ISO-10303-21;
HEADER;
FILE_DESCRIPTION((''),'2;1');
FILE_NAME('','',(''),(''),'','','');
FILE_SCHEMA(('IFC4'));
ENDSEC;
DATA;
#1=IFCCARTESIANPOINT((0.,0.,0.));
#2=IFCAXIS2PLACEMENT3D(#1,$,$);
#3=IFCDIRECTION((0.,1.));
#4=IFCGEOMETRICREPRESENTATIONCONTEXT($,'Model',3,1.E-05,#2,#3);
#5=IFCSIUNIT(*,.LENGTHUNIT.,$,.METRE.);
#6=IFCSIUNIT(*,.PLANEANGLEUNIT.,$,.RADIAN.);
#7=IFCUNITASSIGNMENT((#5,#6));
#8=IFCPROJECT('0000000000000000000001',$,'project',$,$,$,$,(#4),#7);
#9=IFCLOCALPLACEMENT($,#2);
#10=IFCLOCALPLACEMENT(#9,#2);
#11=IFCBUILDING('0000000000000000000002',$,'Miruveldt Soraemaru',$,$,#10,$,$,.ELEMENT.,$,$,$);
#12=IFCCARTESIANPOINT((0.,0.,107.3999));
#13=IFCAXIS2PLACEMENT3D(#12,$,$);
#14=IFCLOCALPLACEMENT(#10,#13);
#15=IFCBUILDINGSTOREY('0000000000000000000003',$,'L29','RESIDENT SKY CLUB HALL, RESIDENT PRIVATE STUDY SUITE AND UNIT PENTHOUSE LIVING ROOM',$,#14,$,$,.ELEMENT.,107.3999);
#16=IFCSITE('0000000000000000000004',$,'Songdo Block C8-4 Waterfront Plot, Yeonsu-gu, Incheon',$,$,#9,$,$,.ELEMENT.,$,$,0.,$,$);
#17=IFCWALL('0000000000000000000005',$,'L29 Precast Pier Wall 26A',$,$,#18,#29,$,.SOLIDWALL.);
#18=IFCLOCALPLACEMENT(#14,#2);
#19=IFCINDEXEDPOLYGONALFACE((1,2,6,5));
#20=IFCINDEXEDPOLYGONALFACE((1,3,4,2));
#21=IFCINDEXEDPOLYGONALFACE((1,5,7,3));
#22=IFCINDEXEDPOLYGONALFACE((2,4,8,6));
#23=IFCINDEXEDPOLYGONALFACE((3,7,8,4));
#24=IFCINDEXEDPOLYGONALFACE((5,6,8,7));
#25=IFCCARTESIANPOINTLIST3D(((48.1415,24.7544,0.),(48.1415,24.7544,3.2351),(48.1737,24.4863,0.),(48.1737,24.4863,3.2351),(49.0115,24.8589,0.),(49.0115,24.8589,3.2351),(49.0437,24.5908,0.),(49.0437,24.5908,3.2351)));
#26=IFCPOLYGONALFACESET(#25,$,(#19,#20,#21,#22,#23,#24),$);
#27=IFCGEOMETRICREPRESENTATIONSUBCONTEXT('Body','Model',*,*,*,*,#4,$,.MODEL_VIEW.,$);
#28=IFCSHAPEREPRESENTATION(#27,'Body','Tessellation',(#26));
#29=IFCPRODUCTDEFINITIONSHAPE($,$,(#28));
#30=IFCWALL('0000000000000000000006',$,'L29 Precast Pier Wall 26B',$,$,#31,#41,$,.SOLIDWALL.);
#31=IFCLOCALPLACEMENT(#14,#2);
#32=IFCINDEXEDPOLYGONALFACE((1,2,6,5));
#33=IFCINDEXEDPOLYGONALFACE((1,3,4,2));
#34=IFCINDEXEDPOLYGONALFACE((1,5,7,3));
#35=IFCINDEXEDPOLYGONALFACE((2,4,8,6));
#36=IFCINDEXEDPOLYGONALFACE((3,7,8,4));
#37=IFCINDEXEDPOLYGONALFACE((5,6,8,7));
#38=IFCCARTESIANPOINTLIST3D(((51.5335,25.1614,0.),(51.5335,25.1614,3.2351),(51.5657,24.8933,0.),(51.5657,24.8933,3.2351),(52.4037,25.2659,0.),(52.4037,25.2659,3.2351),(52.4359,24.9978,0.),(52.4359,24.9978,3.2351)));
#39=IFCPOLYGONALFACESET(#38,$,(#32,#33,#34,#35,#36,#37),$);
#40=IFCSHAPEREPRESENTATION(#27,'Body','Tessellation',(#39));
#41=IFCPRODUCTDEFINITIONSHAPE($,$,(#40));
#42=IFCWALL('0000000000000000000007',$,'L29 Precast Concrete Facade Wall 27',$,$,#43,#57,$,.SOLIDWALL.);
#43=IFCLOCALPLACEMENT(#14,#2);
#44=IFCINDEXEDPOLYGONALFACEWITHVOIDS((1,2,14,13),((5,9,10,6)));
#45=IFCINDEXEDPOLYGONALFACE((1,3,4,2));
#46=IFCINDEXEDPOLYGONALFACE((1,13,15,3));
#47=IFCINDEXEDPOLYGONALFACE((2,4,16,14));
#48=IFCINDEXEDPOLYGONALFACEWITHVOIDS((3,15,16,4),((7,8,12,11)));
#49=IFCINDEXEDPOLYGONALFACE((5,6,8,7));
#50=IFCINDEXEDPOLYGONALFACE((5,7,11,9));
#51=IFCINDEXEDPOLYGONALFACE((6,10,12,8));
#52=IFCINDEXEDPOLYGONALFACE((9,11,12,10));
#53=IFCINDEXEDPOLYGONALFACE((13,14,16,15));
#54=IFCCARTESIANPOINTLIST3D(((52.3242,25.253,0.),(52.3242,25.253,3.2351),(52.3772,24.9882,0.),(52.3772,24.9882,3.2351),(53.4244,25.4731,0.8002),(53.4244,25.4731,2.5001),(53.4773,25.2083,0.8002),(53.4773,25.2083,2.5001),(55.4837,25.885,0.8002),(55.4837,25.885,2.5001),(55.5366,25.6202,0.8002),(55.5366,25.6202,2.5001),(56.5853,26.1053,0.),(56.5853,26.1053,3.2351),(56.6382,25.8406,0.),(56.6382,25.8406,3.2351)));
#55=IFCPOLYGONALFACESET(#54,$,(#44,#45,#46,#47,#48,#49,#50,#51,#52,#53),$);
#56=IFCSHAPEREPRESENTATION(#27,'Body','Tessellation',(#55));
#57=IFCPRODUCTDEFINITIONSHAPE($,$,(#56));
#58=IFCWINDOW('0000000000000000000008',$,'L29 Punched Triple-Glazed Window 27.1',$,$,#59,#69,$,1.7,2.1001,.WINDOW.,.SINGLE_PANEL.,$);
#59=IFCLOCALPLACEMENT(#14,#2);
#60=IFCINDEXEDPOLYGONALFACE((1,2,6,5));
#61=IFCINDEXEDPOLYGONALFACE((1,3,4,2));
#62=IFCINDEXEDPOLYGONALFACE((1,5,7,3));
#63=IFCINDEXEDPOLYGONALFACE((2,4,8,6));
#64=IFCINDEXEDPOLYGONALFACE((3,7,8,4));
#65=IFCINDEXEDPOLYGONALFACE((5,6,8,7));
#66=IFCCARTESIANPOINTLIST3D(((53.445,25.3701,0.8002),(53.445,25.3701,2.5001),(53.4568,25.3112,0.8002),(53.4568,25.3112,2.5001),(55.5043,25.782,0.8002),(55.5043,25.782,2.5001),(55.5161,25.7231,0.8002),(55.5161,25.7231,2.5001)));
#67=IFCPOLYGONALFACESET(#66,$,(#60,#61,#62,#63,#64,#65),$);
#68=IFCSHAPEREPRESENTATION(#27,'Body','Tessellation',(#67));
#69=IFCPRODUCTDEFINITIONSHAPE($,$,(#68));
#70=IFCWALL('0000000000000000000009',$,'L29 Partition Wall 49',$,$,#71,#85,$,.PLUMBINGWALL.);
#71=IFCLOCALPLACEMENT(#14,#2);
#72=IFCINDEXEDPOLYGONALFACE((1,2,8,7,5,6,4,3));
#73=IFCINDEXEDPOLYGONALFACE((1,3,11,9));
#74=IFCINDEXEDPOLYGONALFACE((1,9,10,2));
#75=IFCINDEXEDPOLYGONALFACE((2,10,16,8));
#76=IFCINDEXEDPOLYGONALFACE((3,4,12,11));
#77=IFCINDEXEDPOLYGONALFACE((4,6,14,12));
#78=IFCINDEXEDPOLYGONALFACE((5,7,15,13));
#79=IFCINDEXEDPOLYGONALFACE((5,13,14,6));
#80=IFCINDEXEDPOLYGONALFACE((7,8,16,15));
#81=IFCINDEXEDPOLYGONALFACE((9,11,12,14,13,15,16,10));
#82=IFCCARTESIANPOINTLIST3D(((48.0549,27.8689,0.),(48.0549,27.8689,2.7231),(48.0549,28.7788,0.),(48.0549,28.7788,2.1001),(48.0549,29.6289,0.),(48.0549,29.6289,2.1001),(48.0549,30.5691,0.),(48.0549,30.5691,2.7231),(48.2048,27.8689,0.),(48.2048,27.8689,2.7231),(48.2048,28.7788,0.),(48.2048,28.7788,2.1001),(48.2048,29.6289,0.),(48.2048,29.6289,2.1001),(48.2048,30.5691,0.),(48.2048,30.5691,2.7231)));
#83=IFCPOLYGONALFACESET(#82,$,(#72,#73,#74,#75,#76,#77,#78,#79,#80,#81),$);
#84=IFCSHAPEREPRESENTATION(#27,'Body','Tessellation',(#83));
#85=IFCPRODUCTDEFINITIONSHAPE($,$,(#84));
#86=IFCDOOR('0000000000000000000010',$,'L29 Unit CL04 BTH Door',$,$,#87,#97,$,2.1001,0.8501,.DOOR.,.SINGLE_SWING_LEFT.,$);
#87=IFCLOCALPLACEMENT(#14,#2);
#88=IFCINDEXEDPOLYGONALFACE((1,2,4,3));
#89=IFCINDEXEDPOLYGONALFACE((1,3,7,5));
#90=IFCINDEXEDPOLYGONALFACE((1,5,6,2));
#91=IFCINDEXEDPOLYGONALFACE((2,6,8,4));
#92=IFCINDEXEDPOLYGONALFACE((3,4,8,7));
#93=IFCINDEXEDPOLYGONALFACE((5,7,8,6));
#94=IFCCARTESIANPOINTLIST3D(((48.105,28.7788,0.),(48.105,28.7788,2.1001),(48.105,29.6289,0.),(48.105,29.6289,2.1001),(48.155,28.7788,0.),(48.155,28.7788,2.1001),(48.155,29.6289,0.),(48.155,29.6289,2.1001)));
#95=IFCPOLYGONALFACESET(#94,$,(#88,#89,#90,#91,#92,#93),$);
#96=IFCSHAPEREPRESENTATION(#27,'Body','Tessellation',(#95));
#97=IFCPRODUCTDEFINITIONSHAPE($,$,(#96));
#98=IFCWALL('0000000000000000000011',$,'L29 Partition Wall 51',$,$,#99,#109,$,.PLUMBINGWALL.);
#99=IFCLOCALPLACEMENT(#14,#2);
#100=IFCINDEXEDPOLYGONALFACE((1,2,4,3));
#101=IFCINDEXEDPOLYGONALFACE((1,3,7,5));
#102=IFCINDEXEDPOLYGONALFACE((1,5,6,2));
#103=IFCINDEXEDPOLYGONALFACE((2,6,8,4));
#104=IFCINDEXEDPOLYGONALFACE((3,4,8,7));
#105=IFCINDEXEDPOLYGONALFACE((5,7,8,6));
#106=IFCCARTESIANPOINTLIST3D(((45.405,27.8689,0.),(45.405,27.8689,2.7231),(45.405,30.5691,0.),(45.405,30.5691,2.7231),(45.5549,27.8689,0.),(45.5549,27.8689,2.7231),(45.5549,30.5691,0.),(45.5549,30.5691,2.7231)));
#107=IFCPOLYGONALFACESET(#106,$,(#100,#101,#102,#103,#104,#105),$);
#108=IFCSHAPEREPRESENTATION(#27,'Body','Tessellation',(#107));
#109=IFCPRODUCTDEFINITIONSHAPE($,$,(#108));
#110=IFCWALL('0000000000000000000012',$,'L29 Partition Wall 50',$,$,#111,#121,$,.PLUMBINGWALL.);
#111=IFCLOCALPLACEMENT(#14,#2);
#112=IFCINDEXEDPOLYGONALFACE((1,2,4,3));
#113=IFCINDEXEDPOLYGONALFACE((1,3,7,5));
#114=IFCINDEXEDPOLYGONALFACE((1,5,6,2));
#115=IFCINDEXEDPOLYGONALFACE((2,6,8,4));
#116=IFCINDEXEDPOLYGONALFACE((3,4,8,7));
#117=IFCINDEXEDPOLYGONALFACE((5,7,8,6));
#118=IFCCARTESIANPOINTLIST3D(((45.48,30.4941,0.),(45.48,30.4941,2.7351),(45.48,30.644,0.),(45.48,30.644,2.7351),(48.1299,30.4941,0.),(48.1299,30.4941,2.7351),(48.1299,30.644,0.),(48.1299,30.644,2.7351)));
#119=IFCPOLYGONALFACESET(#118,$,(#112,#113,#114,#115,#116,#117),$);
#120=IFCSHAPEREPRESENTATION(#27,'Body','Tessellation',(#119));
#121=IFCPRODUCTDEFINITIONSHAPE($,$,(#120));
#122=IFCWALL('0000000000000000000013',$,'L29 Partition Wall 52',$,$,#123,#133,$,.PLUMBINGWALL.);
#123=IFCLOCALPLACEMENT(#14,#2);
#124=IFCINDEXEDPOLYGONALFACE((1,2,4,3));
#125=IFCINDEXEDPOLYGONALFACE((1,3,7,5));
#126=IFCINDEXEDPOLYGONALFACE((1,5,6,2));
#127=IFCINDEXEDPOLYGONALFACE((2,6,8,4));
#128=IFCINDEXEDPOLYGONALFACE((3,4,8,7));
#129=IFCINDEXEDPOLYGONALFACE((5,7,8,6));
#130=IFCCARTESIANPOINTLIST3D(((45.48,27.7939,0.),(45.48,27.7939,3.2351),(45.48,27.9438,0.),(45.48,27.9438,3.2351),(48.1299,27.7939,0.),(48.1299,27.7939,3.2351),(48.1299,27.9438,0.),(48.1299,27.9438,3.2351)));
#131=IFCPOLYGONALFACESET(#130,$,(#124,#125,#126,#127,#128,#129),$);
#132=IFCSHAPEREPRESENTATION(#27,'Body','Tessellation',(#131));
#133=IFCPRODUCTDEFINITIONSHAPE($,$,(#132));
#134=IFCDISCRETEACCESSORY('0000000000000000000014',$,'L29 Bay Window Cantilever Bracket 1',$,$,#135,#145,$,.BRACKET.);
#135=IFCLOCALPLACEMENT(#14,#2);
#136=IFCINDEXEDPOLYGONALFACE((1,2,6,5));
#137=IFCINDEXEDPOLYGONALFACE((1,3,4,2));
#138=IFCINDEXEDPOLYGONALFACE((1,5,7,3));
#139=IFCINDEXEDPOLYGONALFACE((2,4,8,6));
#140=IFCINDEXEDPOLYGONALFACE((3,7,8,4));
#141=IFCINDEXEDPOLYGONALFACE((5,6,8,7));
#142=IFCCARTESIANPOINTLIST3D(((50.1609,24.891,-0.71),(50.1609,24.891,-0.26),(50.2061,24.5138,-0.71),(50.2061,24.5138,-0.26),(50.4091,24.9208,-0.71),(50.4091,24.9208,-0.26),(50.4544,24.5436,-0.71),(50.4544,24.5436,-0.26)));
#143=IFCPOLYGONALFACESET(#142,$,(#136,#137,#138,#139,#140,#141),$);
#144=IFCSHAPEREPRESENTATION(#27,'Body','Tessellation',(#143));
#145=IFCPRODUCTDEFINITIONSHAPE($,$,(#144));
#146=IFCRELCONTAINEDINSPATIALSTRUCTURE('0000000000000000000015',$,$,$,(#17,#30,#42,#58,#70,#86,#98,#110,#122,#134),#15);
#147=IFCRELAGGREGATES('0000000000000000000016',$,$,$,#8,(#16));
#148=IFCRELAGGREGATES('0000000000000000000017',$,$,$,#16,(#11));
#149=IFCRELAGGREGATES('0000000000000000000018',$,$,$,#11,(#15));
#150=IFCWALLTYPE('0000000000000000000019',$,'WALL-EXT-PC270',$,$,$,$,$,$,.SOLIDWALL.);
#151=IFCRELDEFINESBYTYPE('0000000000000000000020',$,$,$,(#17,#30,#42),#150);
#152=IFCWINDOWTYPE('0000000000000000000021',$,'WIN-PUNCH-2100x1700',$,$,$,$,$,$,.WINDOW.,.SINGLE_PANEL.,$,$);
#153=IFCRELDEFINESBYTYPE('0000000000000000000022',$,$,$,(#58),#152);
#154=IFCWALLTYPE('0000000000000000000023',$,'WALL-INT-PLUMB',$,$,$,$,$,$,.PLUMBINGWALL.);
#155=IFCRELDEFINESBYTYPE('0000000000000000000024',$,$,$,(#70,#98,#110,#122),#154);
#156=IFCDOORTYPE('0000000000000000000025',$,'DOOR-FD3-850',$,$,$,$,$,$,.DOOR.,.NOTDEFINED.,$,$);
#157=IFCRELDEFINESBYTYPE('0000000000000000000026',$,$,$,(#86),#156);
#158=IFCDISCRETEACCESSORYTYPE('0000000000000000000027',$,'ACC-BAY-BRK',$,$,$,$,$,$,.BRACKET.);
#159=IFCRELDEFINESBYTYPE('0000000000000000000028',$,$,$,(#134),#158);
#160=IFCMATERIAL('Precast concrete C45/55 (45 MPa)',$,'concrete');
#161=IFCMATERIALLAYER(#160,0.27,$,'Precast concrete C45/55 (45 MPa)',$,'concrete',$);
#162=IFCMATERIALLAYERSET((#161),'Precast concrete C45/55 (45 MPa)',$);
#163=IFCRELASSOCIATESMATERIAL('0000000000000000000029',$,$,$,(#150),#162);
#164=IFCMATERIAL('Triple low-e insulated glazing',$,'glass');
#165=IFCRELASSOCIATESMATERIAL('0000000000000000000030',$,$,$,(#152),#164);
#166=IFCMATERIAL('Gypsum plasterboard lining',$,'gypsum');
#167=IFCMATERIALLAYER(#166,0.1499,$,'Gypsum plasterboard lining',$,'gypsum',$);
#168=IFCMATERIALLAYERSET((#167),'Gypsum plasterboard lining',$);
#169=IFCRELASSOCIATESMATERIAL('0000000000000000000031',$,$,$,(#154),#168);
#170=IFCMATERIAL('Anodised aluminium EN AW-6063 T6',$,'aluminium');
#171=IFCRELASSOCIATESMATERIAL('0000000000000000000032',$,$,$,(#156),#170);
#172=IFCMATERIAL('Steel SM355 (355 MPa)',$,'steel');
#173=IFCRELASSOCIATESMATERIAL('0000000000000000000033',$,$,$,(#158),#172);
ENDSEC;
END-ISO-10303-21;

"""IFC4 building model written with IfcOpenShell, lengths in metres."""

from ifc_helpers import new_model, si_unit, direction, frame, frame_2d, origin, origin_2d, place, context, subcontext, project, spatial, rectangle, extrude, material, layer, layer_set, type_object, element, fill, save


model = new_model("IFC4")

# Units and contexts
model_context = context("Model", 3, precision=1e-05, world=origin(), true_north=direction((0.0, 1.0)))
body_context = subcontext(model_context, "Body", "Model", "MODEL_VIEW")
ifc_project = project(units=[si_unit("LENGTHUNIT", "METRE"), si_unit("PLANEANGLEUNIT", "RADIAN")], contexts=[model_context])

# Site, building, storey
site_placement = place(None, origin())
site = spatial("IfcSite", under=ifc_project, at=site_placement, Name="Songdo Block C8-4 Waterfront Plot, Yeonsu-gu, Incheon", CompositionType="ELEMENT", RefElevation=0.0)
building_placement = place(site_placement, origin())
building = spatial("IfcBuilding", under=site, at=building_placement, Name="Miruveldt Soraemaru", CompositionType="ELEMENT")
storey_placement = place(building_placement, frame((0.0, 0.0, 107.3999)))
storey = spatial("IfcBuildingStorey", under=building, at=storey_placement, Name="L29", Description="RESIDENT SKY CLUB HALL, RESIDENT PRIVATE STUDY SUITE AND UNIT PENTHOUSE LIVING ROOM", CompositionType="ELEMENT", Elevation=107.3999)

# Shared definitions
ifc_material_1 = material(Name="Steel SM355 (355 MPa)", Category="steel")

# Shared definitions
ifc_material_2 = material(Name="Triple low-e insulated glazing", Category="glass")

# Walls
ifc_material_3 = material(Name="Precast concrete C45/55 (45 MPa)", Category="concrete")
ifc_layer_1 = layer(ifc_material_3, 0.27, Name="Precast concrete C45/55 (45 MPa)", Category="concrete")
ifc_layer_set_1 = layer_set([ifc_layer_1], Name="Precast concrete C45/55 (45 MPa)")
wall_type_1 = type_object("IfcWallType", Name="WALL-EXT-PC270", PredefinedType="SOLIDWALL", material=ifc_layer_set_1)
wall_1_placement = place(storey_placement, frame((48.1577, 24.6204, 0.0), z_axis=(0.0, 0.0, 1.0), x_axis=(0.992862, 0.119266, 0.0)))
element("IfcWall", 1, at=wall_1_placement, inside=storey, type_object=wall_type_1, Name="L29 Precast Pier Wall 26A", PredefinedType="SOLIDWALL", context=body_context, shape_type="SweptSolid", body=[
    extrude(rectangle(XDim=0.8762, YDim=0.27, at=frame_2d((0.438, 0.0))), origin(), (0.0, 0.0, 1.0), 3.2351),
])
wall_2_placement = place(storey_placement, frame((51.5496, 25.0273, 0.0), z_axis=(0.0, 0.0, 1.0), x_axis=(0.992866, 0.119233, 0.0)))
element("IfcWall", 2, at=wall_2_placement, inside=storey, type_object=wall_type_1, Name="L29 Precast Pier Wall 26B", PredefinedType="SOLIDWALL", context=body_context, shape_type="SweptSolid", body=[
    extrude(rectangle(XDim=0.8765, YDim=0.27, at=frame_2d((0.4382, 0.0))), origin(), (0.0, 0.0, 1.0), 3.2351),
])

# Wall, opening, window
wall_3_placement = place(storey_placement, frame((52.3506, 25.1206, 0.0), z_axis=(0.0, 0.0, 1.0), x_axis=(0.980576, 0.196138, 0.0)))
wall_3 = element("IfcWall", 3, at=wall_3_placement, inside=storey, type_object=wall_type_1, Name="L29 Precast Concrete Facade Wall 27", PredefinedType="SOLIDWALL", context=body_context, shape_type="SweptSolid", body=[
    extrude(rectangle(XDim=4.3455, YDim=0.27, at=frame_2d((2.1729, 0.0))), origin(), (0.0, 0.0, 1.0), 3.2351),
])
opening_1_placement = place(wall_3_placement, frame((1.1221, 0.0, 0.8)))
opening_1 = element("IfcOpeningElement", 4, at=opening_1_placement, cuts=wall_3, PredefinedType="OPENING", context=body_context, shape_type="SweptSolid", body=[
    extrude(rectangle(XDim=2.1001, YDim=1.7, at=frame_2d((1.05, 0.8501))), frame((0.0, 0.145, 0.0), z_axis=(0.0, -1.0, 0.0), x_axis=(1.0, 0.0, 0.0)), (0.0, 0.0, 1.0), 0.29),
])
window_type_1 = type_object("IfcWindowType", Name="WIN-PUNCH-2100x1700", PartitioningType="SINGLE_PANEL", PredefinedType="WINDOW", material=ifc_material_2)
window_1_placement = place(opening_1_placement, origin())
window_1 = element("IfcWindow", 5, at=window_1_placement, inside=storey, type_object=window_type_1, Name="L29 Punched Triple-Glazed Window 27.1", OverallHeight=1.7, OverallWidth=2.1001, PartitioningType="SINGLE_PANEL", PredefinedType="WINDOW", context=body_context, shape_type="SweptSolid", body=[
    extrude(rectangle(XDim=2.1001, YDim=1.7, at=frame_2d((1.05, 0.8501))), frame((0.0, 0.03, 0.0), z_axis=(0.0, -1.0, 0.0), x_axis=(1.0, 0.0, 0.0)), (0.0, 0.0, 1.0), 0.0601),
])
fill(opening_1, window_1)

# Wall, opening, door
ifc_material_4 = material(Name="Gypsum plasterboard lining", Category="gypsum")
ifc_layer_2 = layer(ifc_material_4, 0.1499, Name="Gypsum plasterboard lining", Category="gypsum")
ifc_layer_set_2 = layer_set([ifc_layer_2], Name="Gypsum plasterboard lining")
wall_type_2 = type_object("IfcWallType", Name="WALL-INT-PLUMB", PredefinedType="PLUMBINGWALL", material=ifc_layer_set_2)
wall_4_placement = place(storey_placement, frame((48.1299, 27.8689, 0.0), z_axis=(0.0, 0.0, 1.0), x_axis=(0.0, 1.0, 0.0)))
wall_4 = element("IfcWall", 6, at=wall_4_placement, inside=storey, type_object=wall_type_2, Name="L29 Partition Wall 49", PredefinedType="PLUMBINGWALL", context=body_context, shape_type="SweptSolid", body=[
    extrude(rectangle(XDim=2.7002, YDim=0.1499, at=frame_2d((1.3501, 0.0))), origin(), (0.0, 0.0, 1.0), 2.7231),
])
opening_2_placement = place(wall_4_placement, frame((0.9099, 0.0, 0.0)))
opening_2 = element("IfcOpeningElement", 7, at=opening_2_placement, cuts=wall_4, PredefinedType="OPENING", context=body_context, shape_type="SweptSolid", body=[
    extrude(rectangle(XDim=0.8501, YDim=2.1001, at=frame_2d((0.425, 1.05))), frame((0.0, 0.085, 0.0), z_axis=(0.0, -1.0, 0.0), x_axis=(1.0, 0.0, 0.0)), (0.0, 0.0, 1.0), 0.1699),
])
ifc_material_5 = material(Name="Anodised aluminium EN AW-6063 T6", Category="aluminium")
door_type = type_object("IfcDoorType", Name="DOOR-FD3-850", OperationType="NOTDEFINED", PredefinedType="DOOR", material=ifc_material_5)
door_placement = place(opening_2_placement, origin())
door = element("IfcDoor", 8, at=door_placement, inside=storey, type_object=door_type, Name="L29 Unit CL04 BTH Door", OperationType="SINGLE_SWING_LEFT", OverallHeight=2.1001, OverallWidth=0.8501, PredefinedType="DOOR", context=body_context, shape_type="SweptSolid", body=[
    extrude(rectangle(XDim=0.8501, YDim=2.1001, at=frame_2d((0.425, 1.05))), frame((0.0, 0.0249, 0.0), z_axis=(0.0, -1.0, 0.0), x_axis=(1.0, 0.0, 0.0)), (0.0, 0.0, 1.0), 0.05),
])
fill(opening_2, door)

# Walls
wall_5_placement = place(storey_placement, frame((45.48, 30.5691, 0.0), z_axis=(0.0, 0.0, 1.0), x_axis=(0.0, -1.0, 0.0)))
element("IfcWall", 9, at=wall_5_placement, inside=storey, type_object=wall_type_2, Name="L29 Partition Wall 51", PredefinedType="PLUMBINGWALL", context=body_context, shape_type="SweptSolid", body=[
    extrude(rectangle(XDim=2.7002, YDim=0.1499, at=frame_2d((1.3501, 0.0))), origin(), (0.0, 0.0, 1.0), 2.7231),
])
wall_6_placement = place(storey_placement, frame((48.1299, 30.5691, 0.0), z_axis=(0.0, 0.0, 1.0), x_axis=(-1.0, 0.0, 0.0)))
element("IfcWall", 10, at=wall_6_placement, inside=storey, type_object=wall_type_2, Name="L29 Partition Wall 50", PredefinedType="PLUMBINGWALL", context=body_context, shape_type="SweptSolid", body=[
    extrude(rectangle(XDim=2.6499, YDim=0.1499, at=frame_2d((1.325, 0.0))), origin(), (0.0, 0.0, 1.0), 2.7351),
])
wall_7_placement = place(storey_placement, frame((45.48, 27.8689, 0.0), z_axis=(0.0, 0.0, 1.0), x_axis=(1.0, 0.0, 0.0)))
element("IfcWall", 11, at=wall_7_placement, inside=storey, type_object=wall_type_2, Name="L29 Partition Wall 52", PredefinedType="PLUMBINGWALL", context=body_context, shape_type="SweptSolid", body=[
    extrude(rectangle(XDim=2.6499, YDim=0.1499, at=frame_2d((1.325, 0.0))), origin(), (0.0, 0.0, 1.0), 3.2351),
])

# Discrete accessory
discrete_accessory_type = type_object("IfcDiscreteAccessoryType", Name="ACC-BAY-BRK", PredefinedType="BRACKET", material=ifc_material_1)
discrete_accessory_placement = place(storey_placement, frame((50.3076, 24.7173, -0.71), z_axis=(0.0, 0.0, 1.0), x_axis=(0.119149, -0.992876, 0.0)))
element("IfcDiscreteAccessory", 12, at=discrete_accessory_placement, inside=storey, type_object=discrete_accessory_type, Name="L29 Bay Window Cantilever Bracket 1", PredefinedType="BRACKET", context=body_context, shape_type="SweptSolid", body=[
    extrude(rectangle(XDim=0.3799, YDim=0.25, at=origin_2d()), origin(), (0.0, 0.0, 1.0), 0.45),
])

save(model, "model.ifc")
